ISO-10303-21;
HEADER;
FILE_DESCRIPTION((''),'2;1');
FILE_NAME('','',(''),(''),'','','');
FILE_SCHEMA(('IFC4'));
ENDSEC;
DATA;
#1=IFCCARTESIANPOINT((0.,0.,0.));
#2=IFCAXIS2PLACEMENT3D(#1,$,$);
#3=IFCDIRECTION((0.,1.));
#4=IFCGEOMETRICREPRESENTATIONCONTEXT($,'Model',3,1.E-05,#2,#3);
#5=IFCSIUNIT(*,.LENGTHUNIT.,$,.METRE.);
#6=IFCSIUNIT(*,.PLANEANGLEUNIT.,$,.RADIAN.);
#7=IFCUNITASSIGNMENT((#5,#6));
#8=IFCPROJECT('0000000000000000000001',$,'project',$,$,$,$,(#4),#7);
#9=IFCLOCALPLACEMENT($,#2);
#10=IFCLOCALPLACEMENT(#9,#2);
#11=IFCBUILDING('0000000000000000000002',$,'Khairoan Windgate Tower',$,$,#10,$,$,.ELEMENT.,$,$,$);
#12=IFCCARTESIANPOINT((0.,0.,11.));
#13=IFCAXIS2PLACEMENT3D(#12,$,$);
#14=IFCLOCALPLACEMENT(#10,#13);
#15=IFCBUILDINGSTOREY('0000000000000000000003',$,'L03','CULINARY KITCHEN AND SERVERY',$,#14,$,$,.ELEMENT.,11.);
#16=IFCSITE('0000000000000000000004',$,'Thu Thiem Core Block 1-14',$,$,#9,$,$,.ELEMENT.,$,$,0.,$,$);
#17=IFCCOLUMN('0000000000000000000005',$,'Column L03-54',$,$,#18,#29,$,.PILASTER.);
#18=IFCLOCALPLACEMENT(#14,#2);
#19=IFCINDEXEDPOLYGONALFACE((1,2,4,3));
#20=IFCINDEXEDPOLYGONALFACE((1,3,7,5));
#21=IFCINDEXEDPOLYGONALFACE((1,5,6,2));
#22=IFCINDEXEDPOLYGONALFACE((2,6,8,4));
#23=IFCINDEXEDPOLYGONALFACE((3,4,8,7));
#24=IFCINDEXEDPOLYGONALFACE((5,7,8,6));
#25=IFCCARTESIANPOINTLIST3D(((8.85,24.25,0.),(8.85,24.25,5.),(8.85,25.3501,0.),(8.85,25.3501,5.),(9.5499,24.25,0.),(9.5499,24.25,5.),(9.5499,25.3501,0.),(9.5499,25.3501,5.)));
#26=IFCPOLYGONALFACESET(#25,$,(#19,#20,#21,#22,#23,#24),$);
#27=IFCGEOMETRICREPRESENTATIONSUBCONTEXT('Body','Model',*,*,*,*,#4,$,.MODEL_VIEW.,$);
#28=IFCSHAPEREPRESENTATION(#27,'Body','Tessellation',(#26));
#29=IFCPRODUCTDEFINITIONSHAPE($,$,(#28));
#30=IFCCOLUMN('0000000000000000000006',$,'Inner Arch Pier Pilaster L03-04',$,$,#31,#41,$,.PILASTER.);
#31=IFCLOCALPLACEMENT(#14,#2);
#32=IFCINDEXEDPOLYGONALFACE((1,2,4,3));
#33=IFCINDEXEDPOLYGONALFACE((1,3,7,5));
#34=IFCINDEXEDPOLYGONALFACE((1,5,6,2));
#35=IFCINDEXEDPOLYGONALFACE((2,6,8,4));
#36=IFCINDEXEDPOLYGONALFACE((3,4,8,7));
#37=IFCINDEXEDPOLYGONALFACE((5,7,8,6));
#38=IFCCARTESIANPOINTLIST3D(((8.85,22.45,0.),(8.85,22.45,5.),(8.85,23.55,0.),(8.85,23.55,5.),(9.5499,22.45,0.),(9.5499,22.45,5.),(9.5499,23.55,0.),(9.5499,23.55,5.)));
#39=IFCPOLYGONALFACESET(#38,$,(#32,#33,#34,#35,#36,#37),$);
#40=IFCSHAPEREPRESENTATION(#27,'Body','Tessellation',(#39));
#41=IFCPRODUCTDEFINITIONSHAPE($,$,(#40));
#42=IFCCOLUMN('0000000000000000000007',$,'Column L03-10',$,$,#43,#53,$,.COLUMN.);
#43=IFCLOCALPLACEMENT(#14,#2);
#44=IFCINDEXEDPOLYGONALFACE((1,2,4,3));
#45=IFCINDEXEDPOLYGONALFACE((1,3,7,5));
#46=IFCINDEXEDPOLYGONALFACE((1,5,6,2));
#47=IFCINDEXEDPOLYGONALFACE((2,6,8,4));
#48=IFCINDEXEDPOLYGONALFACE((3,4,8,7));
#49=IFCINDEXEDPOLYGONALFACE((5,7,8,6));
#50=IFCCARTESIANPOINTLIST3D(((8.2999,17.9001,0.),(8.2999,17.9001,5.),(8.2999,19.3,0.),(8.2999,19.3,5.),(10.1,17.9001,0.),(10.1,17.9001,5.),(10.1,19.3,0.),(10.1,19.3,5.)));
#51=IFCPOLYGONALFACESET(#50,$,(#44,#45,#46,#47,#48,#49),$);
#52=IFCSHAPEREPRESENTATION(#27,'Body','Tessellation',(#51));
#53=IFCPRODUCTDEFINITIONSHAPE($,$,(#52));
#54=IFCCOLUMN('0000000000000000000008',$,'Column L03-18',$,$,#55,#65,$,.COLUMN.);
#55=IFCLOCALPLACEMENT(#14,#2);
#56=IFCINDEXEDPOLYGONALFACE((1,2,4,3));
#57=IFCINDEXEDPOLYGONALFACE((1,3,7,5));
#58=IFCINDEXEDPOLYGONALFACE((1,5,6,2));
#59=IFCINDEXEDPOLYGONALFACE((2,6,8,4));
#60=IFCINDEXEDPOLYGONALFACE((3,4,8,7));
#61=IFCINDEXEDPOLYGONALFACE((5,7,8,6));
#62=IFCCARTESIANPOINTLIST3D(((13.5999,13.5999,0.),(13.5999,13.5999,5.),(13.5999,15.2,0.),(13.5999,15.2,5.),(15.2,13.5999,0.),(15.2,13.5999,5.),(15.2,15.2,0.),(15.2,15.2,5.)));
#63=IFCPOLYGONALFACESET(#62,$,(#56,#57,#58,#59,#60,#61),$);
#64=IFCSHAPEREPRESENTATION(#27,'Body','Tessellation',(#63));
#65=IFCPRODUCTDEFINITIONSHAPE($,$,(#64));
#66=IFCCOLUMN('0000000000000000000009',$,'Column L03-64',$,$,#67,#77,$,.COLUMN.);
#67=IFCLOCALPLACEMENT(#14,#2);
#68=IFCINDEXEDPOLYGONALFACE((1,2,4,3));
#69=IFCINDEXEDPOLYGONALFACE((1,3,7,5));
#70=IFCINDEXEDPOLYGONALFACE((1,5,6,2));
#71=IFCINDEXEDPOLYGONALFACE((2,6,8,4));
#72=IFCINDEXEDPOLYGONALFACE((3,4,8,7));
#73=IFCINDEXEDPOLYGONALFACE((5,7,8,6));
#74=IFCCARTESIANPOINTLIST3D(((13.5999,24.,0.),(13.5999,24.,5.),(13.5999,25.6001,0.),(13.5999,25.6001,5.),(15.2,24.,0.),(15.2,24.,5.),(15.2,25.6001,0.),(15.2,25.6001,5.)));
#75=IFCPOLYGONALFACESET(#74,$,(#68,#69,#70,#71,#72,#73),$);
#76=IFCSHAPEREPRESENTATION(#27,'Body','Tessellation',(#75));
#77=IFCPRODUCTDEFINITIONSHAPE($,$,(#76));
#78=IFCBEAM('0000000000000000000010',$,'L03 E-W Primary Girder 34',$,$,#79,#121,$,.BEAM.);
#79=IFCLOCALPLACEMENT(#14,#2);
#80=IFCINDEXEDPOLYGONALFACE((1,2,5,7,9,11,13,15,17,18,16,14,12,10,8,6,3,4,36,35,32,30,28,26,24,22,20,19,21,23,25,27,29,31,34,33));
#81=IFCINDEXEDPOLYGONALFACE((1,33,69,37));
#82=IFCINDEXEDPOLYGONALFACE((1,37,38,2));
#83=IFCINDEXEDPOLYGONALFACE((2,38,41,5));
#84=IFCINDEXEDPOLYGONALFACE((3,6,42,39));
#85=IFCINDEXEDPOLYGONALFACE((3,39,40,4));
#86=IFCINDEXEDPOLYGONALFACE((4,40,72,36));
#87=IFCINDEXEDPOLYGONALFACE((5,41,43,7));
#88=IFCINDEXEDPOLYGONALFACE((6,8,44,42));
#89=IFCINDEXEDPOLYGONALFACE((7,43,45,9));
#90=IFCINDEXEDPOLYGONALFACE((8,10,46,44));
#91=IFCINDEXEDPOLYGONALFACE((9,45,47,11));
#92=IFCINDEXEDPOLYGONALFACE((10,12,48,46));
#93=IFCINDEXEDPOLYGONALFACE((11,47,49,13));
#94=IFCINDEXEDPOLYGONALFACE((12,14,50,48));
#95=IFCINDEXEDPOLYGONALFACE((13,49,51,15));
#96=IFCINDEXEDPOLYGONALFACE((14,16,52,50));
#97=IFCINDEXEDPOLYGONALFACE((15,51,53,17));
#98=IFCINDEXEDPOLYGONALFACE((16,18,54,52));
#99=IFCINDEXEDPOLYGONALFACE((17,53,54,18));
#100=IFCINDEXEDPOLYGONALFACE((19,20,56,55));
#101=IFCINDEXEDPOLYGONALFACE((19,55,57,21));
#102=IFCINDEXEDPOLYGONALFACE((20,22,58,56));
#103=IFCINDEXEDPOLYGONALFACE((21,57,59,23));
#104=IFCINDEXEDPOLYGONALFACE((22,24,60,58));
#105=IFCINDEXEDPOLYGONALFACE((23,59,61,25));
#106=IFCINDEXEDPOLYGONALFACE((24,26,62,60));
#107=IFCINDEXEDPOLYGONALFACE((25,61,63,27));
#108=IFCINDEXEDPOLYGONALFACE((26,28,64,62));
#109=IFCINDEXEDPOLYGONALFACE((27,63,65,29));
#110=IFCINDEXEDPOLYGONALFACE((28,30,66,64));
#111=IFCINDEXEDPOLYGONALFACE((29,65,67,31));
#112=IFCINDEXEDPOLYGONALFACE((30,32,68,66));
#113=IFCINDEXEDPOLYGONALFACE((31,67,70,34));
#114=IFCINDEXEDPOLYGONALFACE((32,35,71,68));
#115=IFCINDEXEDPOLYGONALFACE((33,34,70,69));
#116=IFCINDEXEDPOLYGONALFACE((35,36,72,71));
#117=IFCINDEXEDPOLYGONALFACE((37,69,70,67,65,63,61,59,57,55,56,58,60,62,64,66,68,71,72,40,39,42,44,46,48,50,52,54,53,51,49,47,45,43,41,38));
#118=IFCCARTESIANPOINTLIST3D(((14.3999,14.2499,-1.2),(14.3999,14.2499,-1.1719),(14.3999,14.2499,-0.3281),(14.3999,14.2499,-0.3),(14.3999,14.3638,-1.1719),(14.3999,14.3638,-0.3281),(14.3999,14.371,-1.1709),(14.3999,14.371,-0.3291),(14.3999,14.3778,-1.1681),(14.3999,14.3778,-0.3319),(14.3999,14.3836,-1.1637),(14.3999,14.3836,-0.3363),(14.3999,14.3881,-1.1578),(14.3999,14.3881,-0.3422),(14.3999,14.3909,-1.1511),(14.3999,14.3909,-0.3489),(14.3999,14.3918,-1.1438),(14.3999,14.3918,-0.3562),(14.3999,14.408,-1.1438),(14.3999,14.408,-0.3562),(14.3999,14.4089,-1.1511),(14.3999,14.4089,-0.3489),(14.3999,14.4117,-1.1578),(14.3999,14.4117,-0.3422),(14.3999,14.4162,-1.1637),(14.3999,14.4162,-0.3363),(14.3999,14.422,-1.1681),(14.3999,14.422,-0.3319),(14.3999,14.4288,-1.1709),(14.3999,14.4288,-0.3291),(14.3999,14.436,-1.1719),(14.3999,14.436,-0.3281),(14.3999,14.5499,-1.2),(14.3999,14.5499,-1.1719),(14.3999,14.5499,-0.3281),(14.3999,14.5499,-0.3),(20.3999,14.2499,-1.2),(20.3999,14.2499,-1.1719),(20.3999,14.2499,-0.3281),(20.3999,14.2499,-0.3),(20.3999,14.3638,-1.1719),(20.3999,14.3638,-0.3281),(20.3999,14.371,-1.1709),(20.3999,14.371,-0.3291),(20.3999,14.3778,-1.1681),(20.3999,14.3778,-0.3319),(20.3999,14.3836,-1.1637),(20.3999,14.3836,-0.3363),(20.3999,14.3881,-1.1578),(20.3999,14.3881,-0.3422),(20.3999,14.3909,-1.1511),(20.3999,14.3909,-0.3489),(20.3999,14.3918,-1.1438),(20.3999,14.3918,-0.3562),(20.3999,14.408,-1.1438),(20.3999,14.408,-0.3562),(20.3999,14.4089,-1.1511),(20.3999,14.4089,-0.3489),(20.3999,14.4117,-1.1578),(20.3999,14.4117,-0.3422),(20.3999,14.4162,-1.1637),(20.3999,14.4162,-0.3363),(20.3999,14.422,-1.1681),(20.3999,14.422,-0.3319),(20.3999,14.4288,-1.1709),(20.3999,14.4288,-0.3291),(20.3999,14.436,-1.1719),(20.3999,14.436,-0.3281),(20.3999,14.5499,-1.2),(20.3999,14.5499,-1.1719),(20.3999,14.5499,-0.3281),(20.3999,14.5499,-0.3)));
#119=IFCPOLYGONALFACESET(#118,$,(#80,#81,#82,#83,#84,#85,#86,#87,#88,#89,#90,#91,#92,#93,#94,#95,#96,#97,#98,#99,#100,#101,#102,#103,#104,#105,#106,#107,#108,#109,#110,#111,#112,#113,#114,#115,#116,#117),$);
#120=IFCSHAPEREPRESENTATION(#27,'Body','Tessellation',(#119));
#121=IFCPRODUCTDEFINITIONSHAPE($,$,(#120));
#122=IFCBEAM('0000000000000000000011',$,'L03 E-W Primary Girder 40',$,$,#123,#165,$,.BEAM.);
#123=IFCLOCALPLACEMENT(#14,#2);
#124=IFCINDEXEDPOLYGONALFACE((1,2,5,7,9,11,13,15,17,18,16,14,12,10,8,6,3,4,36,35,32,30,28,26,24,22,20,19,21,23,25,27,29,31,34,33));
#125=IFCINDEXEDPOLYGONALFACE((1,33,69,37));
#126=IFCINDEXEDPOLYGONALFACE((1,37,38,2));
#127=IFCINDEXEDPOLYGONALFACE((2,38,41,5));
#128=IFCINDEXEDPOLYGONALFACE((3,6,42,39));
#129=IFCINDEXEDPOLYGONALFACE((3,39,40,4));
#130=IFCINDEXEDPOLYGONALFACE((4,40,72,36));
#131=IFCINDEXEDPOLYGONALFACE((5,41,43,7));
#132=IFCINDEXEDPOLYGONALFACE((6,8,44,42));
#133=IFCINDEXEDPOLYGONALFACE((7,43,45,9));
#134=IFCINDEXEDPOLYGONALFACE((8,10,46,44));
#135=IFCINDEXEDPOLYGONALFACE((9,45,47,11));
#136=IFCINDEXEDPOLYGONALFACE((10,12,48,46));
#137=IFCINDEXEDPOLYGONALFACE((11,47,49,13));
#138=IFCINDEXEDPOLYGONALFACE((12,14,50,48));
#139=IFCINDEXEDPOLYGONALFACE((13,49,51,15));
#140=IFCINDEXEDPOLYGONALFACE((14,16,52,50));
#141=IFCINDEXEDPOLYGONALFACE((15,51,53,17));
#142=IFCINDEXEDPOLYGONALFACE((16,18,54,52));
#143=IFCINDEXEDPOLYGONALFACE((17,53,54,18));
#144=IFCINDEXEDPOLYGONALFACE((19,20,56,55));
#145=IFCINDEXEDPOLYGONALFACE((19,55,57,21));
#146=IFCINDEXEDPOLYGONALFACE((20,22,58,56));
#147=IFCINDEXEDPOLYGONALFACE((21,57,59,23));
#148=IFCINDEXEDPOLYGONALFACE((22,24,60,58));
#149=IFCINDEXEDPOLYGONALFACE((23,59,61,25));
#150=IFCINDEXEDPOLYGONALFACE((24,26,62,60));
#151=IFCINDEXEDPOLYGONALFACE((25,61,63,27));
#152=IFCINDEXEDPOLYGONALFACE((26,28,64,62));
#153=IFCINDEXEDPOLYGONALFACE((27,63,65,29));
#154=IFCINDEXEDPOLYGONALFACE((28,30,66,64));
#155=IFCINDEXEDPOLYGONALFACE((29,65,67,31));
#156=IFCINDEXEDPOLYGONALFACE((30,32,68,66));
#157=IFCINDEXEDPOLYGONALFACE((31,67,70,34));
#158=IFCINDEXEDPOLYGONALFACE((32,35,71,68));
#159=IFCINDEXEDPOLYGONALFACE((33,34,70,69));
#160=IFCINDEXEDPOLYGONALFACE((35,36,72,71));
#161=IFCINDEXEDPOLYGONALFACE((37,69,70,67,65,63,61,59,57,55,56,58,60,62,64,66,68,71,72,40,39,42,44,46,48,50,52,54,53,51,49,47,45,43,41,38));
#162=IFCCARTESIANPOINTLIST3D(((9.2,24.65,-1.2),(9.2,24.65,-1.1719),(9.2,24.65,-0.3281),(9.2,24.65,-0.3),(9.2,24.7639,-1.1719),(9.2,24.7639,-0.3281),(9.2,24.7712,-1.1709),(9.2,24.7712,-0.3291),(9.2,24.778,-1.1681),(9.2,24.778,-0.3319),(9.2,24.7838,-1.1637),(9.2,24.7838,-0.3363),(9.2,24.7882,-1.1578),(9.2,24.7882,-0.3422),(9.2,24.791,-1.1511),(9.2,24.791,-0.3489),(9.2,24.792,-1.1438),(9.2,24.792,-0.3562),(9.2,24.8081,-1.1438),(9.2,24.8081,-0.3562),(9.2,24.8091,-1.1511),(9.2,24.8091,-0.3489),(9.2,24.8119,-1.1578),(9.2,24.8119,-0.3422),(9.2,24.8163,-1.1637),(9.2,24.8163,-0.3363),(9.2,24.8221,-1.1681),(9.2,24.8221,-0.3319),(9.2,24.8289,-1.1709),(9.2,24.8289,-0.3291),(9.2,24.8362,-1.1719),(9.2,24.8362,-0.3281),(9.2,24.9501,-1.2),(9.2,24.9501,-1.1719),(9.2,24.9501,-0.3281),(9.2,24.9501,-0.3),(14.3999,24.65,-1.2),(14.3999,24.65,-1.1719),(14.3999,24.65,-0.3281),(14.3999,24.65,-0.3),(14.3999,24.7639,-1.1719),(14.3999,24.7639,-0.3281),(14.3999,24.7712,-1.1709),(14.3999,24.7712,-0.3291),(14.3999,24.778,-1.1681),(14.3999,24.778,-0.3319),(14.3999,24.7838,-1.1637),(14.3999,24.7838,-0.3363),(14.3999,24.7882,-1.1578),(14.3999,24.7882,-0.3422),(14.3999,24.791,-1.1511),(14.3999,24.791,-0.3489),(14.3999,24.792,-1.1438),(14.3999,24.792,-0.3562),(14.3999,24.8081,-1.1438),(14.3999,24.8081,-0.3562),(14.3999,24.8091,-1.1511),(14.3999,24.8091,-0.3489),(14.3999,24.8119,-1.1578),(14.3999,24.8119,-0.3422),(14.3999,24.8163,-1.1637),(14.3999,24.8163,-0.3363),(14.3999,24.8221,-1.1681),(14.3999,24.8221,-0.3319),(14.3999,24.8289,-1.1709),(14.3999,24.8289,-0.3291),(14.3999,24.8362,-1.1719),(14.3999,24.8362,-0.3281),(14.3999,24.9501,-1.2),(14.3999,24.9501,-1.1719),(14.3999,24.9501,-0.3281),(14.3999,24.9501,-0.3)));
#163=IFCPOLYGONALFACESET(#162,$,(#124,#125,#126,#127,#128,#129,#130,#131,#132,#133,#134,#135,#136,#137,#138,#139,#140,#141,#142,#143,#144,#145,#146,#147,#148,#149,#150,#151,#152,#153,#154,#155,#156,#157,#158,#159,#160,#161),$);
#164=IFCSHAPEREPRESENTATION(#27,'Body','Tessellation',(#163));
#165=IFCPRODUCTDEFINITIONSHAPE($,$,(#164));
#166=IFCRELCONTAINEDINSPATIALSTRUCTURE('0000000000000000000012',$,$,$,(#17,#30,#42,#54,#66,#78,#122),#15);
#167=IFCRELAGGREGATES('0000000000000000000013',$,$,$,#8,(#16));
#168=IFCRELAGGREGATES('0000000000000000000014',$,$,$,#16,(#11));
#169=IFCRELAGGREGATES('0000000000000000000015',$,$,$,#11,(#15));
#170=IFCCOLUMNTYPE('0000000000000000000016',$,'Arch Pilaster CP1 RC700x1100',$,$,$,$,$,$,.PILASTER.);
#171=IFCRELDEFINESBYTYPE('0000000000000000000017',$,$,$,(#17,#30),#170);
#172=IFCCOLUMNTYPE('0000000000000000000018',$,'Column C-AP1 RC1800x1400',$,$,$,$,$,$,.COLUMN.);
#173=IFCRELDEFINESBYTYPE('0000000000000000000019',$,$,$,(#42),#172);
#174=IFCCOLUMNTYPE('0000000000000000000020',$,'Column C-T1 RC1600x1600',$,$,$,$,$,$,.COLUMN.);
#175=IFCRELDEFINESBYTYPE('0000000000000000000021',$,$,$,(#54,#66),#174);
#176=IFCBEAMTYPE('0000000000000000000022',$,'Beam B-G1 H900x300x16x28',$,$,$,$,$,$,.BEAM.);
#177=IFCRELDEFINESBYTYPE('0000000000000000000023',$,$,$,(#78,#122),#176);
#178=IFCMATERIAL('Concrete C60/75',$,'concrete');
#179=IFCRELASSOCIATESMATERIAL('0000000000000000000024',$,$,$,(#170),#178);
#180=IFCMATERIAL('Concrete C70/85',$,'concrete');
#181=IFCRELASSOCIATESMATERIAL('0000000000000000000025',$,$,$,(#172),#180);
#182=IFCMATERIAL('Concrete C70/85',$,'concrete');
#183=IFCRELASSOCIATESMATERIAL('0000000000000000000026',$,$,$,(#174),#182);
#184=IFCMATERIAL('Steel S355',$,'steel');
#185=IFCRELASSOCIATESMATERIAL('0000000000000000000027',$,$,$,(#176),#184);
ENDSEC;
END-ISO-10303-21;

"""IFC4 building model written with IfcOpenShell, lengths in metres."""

from ifc_helpers import new_model, si_unit, direction, frame, origin, origin_2d, place, context, subcontext, project, spatial, rectangle, i_section, extrude, material, material_profile, profile_set, type_object, element, save


model = new_model("IFC4")

# Units and contexts
model_context = context("Model", 3, precision=1e-05, world=origin(), true_north=direction((0.0, 1.0)))
body_context = subcontext(model_context, "Body", "Model", "MODEL_VIEW")
ifc_project = project(units=[si_unit("LENGTHUNIT", "METRE"), si_unit("PLANEANGLEUNIT", "RADIAN")], contexts=[model_context])

# Site, building, storey
site_placement = place(None, origin())
site = spatial("IfcSite", under=ifc_project, at=site_placement, Name="Thu Thiem Core Block 1-14", CompositionType="ELEMENT", RefElevation=0.0)
building_placement = place(site_placement, origin())
building = spatial("IfcBuilding", under=site, at=building_placement, Name="Khairoan Windgate Tower", CompositionType="ELEMENT")
storey_placement = place(building_placement, frame((0.0, 0.0, 11.0)))
storey = spatial("IfcBuildingStorey", under=building, at=storey_placement, Name="L03", Description="CULINARY KITCHEN AND SERVERY", CompositionType="ELEMENT", Elevation=11.0)

# Columns
ifc_material_1 = material(Name="Concrete C60/75", Category="concrete")
ifc_material_profile_1 = material_profile(ifc_material_1, rectangle(XDim=0.7, YDim=1.1001, at=origin_2d()))
ifc_profile_set_1 = profile_set([ifc_material_profile_1], Name="Concrete C60/75")
column_type_1 = type_object("IfcColumnType", Name="Arch Pilaster CP1 RC700x1100", PredefinedType="PILASTER", material=ifc_profile_set_1)
for number, where, z_axis, x_axis, name in (
    (1, (9.2, 24.8, 0.0), (0.0, 0.0, 1.0), (1.0, 0.0, 0.0), "Column L03-54"),
    (2, (9.2, 23.0, 0.0), (0.0, 0.0, 1.0), (1.0, 0.0, 0.0), "Inner Arch Pier Pilaster L03-04"),
):
    element("IfcColumn", number, at=place(storey_placement, frame(where, z_axis=z_axis, x_axis=x_axis)), inside=storey, type_object=column_type_1, Name=name, PredefinedType="PILASTER", context=body_context, shape_type="SweptSolid", body=[
        extrude(rectangle(XDim=0.7, YDim=1.1001, at=origin_2d()), origin(), (0.0, 0.0, 1.0), 5.0),
    ])
ifc_material_2 = material(Name="Concrete C70/85", Category="concrete")
ifc_material_profile_2 = material_profile(ifc_material_2, rectangle(XDim=1.8, YDim=1.3999, at=origin_2d()))
ifc_profile_set_2 = profile_set([ifc_material_profile_2], Name="Concrete C70/85")
column_type_2 = type_object("IfcColumnType", Name="Column C-AP1 RC1800x1400", PredefinedType="COLUMN", material=ifc_profile_set_2)
column_placement = place(storey_placement, frame((9.2, 18.6001, 0.0), z_axis=(0.0, 0.0, 1.0), x_axis=(1.0, 0.0, 0.0)))
element("IfcColumn", 3, at=column_placement, inside=storey, type_object=column_type_2, Name="Column L03-10", PredefinedType="COLUMN", context=body_context, shape_type="SweptSolid", body=[
    extrude(rectangle(XDim=1.8, YDim=1.3999, at=origin_2d()), origin(), (0.0, 0.0, 1.0), 5.0),
])
ifc_material_3 = material(Name="Concrete C70/85", Category="concrete")
ifc_material_profile_3 = material_profile(ifc_material_3, rectangle(XDim=1.6001, YDim=1.6001, at=origin_2d()))
ifc_profile_set_3 = profile_set([ifc_material_profile_3], Name="Concrete C70/85")
column_type_3 = type_object("IfcColumnType", Name="Column C-T1 RC1600x1600", PredefinedType="COLUMN", material=ifc_profile_set_3)
for number, where, z_axis, x_axis, name in (
    (4, (14.3999, 14.3999, 0.0), (0.0, 0.0, 1.0), (1.0, 0.0, 0.0), "Column L03-18"),
    (5, (14.3999, 24.8, 0.0), (0.0, 0.0, 1.0), (1.0, 0.0, 0.0), "Column L03-64"),
):
    element("IfcColumn", number, at=place(storey_placement, frame(where, z_axis=z_axis, x_axis=x_axis)), inside=storey, type_object=column_type_3, Name=name, PredefinedType="COLUMN", context=body_context, shape_type="SweptSolid", body=[
        extrude(rectangle(XDim=1.6001, YDim=1.6001, at=origin_2d()), origin(), (0.0, 0.0, 1.0), 5.0),
    ])

# Beams
ifc_material_4 = material(Name="Steel S355", Category="steel")
ifc_material_profile_4 = material_profile(ifc_material_4, i_section(OverallWidth=0.3, OverallDepth=0.8999, WebThickness=0.0161, FlangeThickness=0.0281, FilletRadius=0.0281, at=origin_2d()))
ifc_profile_set_4 = profile_set([ifc_material_profile_4], Name="Steel S355")
beam_type = type_object("IfcBeamType", Name="Beam B-G1 H900x300x16x28", PredefinedType="BEAM", material=ifc_profile_set_4)
beam_1_placement = place(storey_placement, frame((14.3999, 14.3999, -0.75), z_axis=(1.0, 0.0, 0.0), x_axis=(0.0, 1.0, 0.0)))
element("IfcBeam", 6, at=beam_1_placement, inside=storey, type_object=beam_type, Name="L03 E-W Primary Girder 34", PredefinedType="BEAM", context=body_context, shape_type="SweptSolid", body=[
    extrude(i_section(OverallWidth=0.3, OverallDepth=0.8999, WebThickness=0.0161, FlangeThickness=0.0281, FilletRadius=0.0281, at=origin_2d()), origin(), (0.0, 0.0, 1.0), 6.0),
])
beam_2_placement = place(storey_placement, frame((9.2, 24.8, -0.75), z_axis=(1.0, 0.0, 0.0), x_axis=(0.0, 1.0, 0.0)))
element("IfcBeam", 7, at=beam_2_placement, inside=storey, type_object=beam_type, Name="L03 E-W Primary Girder 40", PredefinedType="BEAM", context=body_context, shape_type="SweptSolid", body=[
    extrude(i_section(OverallWidth=0.3, OverallDepth=0.8999, WebThickness=0.0161, FlangeThickness=0.0281, FilletRadius=0.0281, at=origin_2d()), origin(), (0.0, 0.0, 1.0), 5.2),
])

save(model, "model.ifc")
